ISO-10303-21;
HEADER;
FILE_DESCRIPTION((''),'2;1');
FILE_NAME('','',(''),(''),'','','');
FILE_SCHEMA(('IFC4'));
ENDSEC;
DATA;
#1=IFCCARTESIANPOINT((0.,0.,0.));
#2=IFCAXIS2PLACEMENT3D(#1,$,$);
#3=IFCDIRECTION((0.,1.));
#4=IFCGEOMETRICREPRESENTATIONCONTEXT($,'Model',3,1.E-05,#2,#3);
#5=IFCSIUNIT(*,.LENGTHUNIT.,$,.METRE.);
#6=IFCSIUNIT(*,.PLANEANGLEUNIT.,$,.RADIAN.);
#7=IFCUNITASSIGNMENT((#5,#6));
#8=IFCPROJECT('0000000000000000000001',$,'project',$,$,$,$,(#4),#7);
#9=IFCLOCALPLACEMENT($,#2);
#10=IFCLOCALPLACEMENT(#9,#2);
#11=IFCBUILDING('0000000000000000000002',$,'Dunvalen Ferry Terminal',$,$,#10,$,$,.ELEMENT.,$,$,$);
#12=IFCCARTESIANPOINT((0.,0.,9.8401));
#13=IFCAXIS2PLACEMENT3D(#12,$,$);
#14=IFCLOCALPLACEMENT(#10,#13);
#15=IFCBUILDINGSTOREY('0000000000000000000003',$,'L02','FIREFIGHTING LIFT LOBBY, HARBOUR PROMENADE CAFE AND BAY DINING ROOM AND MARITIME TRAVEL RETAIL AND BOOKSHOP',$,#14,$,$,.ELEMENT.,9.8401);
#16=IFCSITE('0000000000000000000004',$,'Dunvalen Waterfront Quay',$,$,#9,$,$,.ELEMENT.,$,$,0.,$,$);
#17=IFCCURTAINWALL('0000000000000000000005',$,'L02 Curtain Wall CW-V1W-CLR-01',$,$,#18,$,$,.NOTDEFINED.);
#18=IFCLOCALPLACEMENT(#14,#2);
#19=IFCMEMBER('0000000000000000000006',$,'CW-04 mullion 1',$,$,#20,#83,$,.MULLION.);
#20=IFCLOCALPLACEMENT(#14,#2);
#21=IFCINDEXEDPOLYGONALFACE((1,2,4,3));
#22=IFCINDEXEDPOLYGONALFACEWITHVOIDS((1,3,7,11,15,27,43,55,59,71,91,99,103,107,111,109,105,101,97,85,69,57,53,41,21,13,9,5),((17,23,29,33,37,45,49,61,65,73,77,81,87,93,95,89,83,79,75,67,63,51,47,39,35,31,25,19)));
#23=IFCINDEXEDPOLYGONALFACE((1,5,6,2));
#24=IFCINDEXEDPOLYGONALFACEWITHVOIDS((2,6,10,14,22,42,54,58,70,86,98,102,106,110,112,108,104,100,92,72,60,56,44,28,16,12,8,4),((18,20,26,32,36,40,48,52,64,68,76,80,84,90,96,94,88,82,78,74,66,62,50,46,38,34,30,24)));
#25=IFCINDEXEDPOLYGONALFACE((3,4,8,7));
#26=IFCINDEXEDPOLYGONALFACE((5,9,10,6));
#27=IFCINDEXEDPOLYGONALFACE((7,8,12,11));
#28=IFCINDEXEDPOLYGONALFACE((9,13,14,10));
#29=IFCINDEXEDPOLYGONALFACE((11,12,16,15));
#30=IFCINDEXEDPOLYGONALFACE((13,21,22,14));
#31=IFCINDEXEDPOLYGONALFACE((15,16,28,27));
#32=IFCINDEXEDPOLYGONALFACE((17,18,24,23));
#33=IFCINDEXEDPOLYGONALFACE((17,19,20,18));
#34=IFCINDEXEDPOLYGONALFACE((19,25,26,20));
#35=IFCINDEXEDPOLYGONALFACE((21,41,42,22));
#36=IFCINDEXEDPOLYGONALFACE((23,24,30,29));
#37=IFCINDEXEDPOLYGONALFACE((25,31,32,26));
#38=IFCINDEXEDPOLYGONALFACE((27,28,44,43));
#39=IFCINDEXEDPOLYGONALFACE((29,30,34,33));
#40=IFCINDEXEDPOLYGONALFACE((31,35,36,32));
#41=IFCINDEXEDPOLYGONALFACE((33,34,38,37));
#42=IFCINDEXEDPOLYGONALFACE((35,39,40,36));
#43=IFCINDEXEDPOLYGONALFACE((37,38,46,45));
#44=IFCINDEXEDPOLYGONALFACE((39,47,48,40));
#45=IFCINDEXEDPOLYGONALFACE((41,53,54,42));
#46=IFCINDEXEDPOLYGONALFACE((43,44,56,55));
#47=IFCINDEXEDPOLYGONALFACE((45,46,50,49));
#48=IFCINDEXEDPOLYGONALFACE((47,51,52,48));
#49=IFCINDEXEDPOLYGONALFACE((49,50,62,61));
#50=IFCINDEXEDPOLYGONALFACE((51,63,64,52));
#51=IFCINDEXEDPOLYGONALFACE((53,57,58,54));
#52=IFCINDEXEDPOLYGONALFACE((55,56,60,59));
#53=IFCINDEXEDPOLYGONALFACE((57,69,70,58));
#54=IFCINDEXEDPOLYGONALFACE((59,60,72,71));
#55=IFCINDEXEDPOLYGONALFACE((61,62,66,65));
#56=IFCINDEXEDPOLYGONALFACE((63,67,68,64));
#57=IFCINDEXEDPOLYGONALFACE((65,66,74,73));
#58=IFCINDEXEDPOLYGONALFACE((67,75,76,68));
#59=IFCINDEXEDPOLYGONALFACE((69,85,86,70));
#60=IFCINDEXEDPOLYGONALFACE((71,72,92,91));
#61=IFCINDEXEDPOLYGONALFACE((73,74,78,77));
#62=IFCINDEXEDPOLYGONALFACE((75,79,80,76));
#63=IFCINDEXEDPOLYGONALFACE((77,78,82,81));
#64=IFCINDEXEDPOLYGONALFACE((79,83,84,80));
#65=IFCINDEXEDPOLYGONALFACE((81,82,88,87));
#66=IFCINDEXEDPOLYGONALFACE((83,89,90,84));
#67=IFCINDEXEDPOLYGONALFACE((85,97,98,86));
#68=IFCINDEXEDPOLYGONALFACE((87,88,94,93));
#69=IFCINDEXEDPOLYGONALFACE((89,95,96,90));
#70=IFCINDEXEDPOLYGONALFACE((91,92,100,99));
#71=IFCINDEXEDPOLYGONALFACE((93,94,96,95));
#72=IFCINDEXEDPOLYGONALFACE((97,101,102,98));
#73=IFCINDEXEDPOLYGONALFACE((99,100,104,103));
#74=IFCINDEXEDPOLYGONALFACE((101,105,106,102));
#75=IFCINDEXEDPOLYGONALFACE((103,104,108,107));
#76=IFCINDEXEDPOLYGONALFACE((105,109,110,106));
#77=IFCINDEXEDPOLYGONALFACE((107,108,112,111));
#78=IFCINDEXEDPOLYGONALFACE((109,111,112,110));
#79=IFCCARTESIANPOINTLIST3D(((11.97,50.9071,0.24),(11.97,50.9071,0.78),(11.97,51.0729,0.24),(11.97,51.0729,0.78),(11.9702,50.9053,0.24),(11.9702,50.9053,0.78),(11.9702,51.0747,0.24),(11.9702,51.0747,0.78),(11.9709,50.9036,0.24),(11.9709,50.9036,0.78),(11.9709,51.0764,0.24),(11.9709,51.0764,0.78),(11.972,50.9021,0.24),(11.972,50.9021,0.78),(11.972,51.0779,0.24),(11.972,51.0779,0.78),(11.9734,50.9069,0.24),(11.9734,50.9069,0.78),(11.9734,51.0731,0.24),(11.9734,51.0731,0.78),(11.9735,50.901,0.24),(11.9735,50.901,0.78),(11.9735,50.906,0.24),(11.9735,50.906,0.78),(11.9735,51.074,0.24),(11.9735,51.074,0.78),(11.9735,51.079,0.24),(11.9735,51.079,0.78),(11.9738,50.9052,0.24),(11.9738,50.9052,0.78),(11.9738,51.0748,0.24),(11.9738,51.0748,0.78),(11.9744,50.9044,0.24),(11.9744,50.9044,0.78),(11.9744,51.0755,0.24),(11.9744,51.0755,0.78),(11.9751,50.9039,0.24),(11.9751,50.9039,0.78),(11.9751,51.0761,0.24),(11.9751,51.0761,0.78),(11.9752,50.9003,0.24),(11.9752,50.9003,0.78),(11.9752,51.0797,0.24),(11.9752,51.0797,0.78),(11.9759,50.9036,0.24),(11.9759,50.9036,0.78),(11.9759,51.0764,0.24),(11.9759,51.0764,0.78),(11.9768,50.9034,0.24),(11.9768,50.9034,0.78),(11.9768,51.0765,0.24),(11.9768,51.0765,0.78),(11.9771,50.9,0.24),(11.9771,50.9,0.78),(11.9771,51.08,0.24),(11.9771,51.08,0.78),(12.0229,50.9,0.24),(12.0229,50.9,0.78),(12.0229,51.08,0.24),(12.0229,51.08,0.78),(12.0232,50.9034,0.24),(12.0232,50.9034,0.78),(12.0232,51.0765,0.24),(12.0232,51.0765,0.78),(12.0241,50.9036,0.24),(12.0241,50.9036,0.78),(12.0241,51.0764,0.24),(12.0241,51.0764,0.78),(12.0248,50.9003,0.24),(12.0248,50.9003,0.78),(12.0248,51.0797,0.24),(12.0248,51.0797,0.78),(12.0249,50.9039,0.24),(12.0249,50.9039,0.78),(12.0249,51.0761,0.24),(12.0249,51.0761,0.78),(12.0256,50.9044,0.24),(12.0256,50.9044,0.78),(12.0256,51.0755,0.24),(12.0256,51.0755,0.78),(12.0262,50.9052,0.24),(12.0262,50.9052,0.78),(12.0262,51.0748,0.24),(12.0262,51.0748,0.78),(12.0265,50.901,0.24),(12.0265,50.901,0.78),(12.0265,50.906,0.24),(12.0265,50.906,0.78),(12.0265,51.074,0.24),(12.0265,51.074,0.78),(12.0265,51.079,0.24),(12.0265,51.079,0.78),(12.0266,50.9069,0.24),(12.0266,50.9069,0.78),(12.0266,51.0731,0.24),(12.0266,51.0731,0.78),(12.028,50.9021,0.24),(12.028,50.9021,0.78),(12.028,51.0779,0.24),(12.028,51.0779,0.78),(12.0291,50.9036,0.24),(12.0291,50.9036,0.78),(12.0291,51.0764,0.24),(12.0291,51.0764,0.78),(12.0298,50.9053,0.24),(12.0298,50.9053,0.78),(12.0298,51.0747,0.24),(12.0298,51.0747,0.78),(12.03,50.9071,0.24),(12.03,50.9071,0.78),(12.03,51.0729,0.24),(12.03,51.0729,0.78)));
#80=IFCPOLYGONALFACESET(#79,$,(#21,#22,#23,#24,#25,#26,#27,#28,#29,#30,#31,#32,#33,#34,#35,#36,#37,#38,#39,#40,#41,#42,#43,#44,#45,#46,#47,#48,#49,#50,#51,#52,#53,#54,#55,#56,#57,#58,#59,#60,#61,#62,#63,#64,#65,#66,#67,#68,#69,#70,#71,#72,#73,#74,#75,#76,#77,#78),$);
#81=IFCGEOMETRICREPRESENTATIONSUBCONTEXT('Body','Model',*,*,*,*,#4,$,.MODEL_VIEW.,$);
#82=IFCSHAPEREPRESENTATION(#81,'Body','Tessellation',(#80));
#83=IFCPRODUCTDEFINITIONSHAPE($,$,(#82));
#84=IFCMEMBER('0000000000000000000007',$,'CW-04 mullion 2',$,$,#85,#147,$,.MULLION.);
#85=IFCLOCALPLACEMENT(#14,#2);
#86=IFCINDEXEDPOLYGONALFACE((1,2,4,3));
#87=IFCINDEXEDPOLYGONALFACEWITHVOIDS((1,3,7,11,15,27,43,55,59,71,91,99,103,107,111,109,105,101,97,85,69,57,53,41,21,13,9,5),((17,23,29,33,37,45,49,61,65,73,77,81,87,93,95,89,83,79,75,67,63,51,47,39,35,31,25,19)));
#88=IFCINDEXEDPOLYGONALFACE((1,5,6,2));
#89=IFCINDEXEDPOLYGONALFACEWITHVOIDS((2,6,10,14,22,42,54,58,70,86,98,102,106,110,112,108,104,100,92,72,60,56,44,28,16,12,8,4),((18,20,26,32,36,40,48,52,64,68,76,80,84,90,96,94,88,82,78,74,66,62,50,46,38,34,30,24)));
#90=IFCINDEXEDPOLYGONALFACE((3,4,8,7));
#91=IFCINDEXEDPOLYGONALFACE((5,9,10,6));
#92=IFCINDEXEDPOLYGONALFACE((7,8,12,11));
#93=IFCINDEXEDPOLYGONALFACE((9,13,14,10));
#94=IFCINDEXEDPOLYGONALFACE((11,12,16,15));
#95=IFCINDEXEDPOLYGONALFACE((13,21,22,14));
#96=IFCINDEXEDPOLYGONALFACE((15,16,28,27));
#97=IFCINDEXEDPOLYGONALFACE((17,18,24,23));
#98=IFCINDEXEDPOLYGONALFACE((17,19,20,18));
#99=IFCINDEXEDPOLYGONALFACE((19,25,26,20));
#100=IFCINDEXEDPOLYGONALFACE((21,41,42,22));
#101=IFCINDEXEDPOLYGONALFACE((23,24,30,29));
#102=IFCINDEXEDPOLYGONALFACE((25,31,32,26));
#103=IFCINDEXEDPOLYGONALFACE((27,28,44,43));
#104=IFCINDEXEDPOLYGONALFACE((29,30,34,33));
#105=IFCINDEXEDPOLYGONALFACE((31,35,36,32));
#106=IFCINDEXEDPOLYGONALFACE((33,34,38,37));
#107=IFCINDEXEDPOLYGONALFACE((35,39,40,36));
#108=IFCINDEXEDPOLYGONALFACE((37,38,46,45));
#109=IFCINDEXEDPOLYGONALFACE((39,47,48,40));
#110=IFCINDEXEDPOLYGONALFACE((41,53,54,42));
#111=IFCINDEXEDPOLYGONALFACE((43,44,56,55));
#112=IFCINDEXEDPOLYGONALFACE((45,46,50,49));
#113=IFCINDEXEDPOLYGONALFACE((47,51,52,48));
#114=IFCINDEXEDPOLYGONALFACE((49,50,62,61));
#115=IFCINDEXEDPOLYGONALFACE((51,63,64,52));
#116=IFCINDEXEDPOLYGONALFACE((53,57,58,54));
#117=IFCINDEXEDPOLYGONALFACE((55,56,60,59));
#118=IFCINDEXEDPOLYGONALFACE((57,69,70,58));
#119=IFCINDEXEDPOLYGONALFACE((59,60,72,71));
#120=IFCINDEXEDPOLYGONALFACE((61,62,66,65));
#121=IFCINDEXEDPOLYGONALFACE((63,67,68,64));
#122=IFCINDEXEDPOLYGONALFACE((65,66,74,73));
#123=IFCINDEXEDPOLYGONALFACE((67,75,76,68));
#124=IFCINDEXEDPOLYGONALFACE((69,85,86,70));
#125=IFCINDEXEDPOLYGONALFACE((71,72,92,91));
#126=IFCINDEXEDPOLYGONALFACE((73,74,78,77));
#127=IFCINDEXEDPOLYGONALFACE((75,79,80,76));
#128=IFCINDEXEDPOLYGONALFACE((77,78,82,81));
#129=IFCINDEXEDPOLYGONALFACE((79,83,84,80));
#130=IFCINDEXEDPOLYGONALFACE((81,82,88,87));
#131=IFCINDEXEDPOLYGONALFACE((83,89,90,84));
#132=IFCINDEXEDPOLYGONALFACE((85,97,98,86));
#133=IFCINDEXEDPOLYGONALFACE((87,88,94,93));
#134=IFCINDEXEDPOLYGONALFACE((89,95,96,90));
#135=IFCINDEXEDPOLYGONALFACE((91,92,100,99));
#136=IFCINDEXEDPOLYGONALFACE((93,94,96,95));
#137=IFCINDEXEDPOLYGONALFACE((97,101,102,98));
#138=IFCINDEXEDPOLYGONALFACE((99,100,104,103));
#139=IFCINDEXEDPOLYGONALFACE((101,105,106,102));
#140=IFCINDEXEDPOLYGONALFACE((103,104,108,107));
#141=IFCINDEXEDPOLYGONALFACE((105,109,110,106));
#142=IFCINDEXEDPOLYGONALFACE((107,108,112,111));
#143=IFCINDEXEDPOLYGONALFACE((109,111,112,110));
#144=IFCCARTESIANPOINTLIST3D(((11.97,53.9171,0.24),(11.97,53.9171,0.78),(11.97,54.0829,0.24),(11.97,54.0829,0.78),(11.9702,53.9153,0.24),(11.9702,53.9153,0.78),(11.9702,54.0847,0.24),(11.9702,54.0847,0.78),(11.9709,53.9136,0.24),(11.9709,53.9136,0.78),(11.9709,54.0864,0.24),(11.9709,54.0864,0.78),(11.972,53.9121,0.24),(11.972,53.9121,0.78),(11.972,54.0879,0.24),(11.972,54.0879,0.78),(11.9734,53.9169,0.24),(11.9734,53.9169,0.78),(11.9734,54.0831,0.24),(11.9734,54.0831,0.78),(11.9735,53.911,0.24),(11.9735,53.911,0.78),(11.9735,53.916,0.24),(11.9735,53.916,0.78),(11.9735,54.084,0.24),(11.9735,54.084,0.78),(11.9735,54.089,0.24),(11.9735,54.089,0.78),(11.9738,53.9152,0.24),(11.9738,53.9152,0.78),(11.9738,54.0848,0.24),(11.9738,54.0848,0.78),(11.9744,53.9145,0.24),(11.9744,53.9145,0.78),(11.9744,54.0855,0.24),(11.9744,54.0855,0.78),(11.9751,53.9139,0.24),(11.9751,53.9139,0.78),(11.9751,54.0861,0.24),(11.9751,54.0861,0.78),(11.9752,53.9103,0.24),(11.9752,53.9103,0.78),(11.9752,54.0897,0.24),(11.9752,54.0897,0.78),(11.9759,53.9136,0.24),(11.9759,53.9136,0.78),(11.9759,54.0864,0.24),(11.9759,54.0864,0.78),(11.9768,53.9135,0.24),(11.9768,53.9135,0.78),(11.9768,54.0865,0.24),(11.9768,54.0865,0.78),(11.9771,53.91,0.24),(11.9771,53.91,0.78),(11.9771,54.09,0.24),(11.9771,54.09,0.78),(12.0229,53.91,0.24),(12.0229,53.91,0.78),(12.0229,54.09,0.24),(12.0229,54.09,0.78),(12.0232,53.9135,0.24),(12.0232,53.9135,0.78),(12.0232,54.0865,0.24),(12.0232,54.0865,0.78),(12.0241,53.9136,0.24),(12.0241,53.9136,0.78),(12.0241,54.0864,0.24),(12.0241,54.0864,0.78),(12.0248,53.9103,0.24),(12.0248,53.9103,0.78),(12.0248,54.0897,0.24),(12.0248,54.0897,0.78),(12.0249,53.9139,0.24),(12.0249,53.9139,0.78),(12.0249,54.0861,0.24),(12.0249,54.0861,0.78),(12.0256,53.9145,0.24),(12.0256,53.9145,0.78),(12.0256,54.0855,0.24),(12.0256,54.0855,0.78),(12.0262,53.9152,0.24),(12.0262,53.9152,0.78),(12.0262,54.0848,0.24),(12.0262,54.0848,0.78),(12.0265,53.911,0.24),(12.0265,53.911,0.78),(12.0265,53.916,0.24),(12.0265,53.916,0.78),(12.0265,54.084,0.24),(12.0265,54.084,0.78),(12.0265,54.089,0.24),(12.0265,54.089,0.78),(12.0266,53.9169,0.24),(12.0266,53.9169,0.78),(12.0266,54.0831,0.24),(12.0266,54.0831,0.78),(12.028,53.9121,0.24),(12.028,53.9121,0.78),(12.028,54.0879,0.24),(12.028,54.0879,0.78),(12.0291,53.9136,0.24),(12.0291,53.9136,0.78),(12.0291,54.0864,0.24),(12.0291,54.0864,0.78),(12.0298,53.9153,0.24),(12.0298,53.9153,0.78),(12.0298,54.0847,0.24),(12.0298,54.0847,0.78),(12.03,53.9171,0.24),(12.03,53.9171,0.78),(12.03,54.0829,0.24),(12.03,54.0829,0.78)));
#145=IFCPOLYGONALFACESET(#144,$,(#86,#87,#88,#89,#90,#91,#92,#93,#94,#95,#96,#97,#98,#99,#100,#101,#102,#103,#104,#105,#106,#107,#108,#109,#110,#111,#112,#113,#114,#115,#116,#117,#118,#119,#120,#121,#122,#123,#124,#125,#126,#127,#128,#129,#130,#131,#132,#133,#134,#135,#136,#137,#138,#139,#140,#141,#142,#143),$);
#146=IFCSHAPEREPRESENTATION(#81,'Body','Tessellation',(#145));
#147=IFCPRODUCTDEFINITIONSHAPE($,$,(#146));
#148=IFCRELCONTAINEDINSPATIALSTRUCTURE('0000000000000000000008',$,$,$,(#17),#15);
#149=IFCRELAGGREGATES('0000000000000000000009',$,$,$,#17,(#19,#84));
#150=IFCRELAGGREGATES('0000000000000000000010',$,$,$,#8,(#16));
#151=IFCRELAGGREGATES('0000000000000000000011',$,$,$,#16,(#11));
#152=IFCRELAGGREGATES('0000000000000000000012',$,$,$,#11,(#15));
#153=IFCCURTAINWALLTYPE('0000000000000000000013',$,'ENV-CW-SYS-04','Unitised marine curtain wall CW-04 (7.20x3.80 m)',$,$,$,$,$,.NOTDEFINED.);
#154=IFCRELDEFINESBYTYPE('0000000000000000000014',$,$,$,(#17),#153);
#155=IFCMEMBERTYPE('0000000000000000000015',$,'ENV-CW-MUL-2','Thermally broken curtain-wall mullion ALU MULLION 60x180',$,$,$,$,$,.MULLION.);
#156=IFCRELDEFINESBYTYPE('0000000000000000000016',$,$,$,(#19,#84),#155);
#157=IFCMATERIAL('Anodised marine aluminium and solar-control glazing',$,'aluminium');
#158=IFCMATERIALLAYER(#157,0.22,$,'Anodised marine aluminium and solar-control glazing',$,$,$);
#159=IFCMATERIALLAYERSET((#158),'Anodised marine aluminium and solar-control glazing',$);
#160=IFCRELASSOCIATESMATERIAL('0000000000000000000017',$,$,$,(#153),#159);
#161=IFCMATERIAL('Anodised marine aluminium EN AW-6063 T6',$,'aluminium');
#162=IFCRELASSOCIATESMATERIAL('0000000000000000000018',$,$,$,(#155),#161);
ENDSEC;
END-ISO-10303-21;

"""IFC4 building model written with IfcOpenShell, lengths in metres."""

from ifc_helpers import new_model, si_unit, direction, frame, origin, origin_2d, place, context, subcontext, project, spatial, hollow_rectangle, extrude, material, layer, layer_set, material_profile, profile_set, type_object, element, aggregate, save


model = new_model("IFC4")

# Units and contexts
model_context = context("Model", 3, precision=1e-05, world=origin(), true_north=direction((0.0, 1.0)))
body_context = subcontext(model_context, "Body", "Model", "MODEL_VIEW")
ifc_project = project(units=[si_unit("LENGTHUNIT", "METRE"), si_unit("PLANEANGLEUNIT", "RADIAN")], contexts=[model_context])

# Site, building, storey
site_placement = place(None, origin())
site = spatial("IfcSite", under=ifc_project, at=site_placement, Name="Dunvalen Waterfront Quay", CompositionType="ELEMENT", RefElevation=0.0)
building_placement = place(site_placement, origin())
building = spatial("IfcBuilding", under=site, at=building_placement, Name="Dunvalen Ferry Terminal", CompositionType="ELEMENT")
storey_placement = place(building_placement, frame((0.0, 0.0, 9.8401)))
storey = spatial("IfcBuildingStorey", under=building, at=storey_placement, Name="L02", Description="FIREFIGHTING LIFT LOBBY, HARBOUR PROMENADE CAFE AND BAY DINING ROOM AND MARITIME TRAVEL RETAIL AND BOOKSHOP", CompositionType="ELEMENT", Elevation=9.8401)

# Curtain wall, members
ifc_material_1 = material(Name="Anodised marine aluminium and solar-control glazing", Category="aluminium")
ifc_layer_1 = layer(ifc_material_1, 0.22, Name="Anodised marine aluminium and solar-control glazing")
ifc_layer_set_1 = layer_set([ifc_layer_1], Name="Anodised marine aluminium and solar-control glazing")
curtain_wall_type = type_object("IfcCurtainWallType", Name="ENV-CW-SYS-04", Description="Unitised marine curtain wall CW-04 (7.20x3.80 m)", PredefinedType="NOTDEFINED", material=ifc_layer_set_1)
curtain_wall_placement = place(storey_placement, origin())
curtain_wall = element("IfcCurtainWall", 1, at=curtain_wall_placement, inside=storey, type_object=curtain_wall_type, Name="L02 Curtain Wall CW-V1W-CLR-01", PredefinedType="NOTDEFINED")
ifc_material_2 = material(Name="Anodised marine aluminium EN AW-6063 T6", Category="aluminium")
ifc_material_profile_1 = material_profile(ifc_material_2, hollow_rectangle(XDim=0.0601, YDim=0.1799, WallThickness=0.0034, InnerFilletRadius=0.0034, OuterFilletRadius=0.0071, at=origin_2d()), Name="Anodised marine aluminium EN AW-6063 T6")
ifc_profile_set_1 = profile_set([ifc_material_profile_1], Name="Anodised marine aluminium EN AW-6063 T6")
member_type_1 = type_object("IfcMemberType", Name="ENV-CW-MUL-2", Description="Thermally broken curtain-wall mullion ALU MULLION 60x180", PredefinedType="MULLION", material=ifc_profile_set_1)
member_1_placement = place(storey_placement, frame((12.0, 50.99, 0.24), z_axis=(0.0, 0.0, 1.0), x_axis=(-1.0, 0.0, 0.0)))
member_1 = element("IfcMember", 2, at=member_1_placement, type_object=member_type_1, Name="CW-04 mullion 1", PredefinedType="MULLION", context=body_context, shape_type="SweptSolid", body=[
    extrude(hollow_rectangle(XDim=0.0601, YDim=0.1799, WallThickness=0.0034, InnerFilletRadius=0.0034, OuterFilletRadius=0.0071, at=origin_2d()), origin(), (0.0, 0.0, 1.0), 0.54),
])
member_2_placement = place(storey_placement, frame((12.0, 54.0, 0.24), z_axis=(0.0, 0.0, 1.0), x_axis=(-1.0, 0.0, 0.0)))
member_2 = element("IfcMember", 3, at=member_2_placement, type_object=member_type_1, Name="CW-04 mullion 2", PredefinedType="MULLION", context=body_context, shape_type="SweptSolid", body=[
    extrude(hollow_rectangle(XDim=0.0601, YDim=0.1799, WallThickness=0.0034, InnerFilletRadius=0.0034, OuterFilletRadius=0.0071, at=origin_2d()), origin(), (0.0, 0.0, 1.0), 0.54),
])

aggregate(curtain_wall, [member_1, member_2])

save(model, "model.ifc")
